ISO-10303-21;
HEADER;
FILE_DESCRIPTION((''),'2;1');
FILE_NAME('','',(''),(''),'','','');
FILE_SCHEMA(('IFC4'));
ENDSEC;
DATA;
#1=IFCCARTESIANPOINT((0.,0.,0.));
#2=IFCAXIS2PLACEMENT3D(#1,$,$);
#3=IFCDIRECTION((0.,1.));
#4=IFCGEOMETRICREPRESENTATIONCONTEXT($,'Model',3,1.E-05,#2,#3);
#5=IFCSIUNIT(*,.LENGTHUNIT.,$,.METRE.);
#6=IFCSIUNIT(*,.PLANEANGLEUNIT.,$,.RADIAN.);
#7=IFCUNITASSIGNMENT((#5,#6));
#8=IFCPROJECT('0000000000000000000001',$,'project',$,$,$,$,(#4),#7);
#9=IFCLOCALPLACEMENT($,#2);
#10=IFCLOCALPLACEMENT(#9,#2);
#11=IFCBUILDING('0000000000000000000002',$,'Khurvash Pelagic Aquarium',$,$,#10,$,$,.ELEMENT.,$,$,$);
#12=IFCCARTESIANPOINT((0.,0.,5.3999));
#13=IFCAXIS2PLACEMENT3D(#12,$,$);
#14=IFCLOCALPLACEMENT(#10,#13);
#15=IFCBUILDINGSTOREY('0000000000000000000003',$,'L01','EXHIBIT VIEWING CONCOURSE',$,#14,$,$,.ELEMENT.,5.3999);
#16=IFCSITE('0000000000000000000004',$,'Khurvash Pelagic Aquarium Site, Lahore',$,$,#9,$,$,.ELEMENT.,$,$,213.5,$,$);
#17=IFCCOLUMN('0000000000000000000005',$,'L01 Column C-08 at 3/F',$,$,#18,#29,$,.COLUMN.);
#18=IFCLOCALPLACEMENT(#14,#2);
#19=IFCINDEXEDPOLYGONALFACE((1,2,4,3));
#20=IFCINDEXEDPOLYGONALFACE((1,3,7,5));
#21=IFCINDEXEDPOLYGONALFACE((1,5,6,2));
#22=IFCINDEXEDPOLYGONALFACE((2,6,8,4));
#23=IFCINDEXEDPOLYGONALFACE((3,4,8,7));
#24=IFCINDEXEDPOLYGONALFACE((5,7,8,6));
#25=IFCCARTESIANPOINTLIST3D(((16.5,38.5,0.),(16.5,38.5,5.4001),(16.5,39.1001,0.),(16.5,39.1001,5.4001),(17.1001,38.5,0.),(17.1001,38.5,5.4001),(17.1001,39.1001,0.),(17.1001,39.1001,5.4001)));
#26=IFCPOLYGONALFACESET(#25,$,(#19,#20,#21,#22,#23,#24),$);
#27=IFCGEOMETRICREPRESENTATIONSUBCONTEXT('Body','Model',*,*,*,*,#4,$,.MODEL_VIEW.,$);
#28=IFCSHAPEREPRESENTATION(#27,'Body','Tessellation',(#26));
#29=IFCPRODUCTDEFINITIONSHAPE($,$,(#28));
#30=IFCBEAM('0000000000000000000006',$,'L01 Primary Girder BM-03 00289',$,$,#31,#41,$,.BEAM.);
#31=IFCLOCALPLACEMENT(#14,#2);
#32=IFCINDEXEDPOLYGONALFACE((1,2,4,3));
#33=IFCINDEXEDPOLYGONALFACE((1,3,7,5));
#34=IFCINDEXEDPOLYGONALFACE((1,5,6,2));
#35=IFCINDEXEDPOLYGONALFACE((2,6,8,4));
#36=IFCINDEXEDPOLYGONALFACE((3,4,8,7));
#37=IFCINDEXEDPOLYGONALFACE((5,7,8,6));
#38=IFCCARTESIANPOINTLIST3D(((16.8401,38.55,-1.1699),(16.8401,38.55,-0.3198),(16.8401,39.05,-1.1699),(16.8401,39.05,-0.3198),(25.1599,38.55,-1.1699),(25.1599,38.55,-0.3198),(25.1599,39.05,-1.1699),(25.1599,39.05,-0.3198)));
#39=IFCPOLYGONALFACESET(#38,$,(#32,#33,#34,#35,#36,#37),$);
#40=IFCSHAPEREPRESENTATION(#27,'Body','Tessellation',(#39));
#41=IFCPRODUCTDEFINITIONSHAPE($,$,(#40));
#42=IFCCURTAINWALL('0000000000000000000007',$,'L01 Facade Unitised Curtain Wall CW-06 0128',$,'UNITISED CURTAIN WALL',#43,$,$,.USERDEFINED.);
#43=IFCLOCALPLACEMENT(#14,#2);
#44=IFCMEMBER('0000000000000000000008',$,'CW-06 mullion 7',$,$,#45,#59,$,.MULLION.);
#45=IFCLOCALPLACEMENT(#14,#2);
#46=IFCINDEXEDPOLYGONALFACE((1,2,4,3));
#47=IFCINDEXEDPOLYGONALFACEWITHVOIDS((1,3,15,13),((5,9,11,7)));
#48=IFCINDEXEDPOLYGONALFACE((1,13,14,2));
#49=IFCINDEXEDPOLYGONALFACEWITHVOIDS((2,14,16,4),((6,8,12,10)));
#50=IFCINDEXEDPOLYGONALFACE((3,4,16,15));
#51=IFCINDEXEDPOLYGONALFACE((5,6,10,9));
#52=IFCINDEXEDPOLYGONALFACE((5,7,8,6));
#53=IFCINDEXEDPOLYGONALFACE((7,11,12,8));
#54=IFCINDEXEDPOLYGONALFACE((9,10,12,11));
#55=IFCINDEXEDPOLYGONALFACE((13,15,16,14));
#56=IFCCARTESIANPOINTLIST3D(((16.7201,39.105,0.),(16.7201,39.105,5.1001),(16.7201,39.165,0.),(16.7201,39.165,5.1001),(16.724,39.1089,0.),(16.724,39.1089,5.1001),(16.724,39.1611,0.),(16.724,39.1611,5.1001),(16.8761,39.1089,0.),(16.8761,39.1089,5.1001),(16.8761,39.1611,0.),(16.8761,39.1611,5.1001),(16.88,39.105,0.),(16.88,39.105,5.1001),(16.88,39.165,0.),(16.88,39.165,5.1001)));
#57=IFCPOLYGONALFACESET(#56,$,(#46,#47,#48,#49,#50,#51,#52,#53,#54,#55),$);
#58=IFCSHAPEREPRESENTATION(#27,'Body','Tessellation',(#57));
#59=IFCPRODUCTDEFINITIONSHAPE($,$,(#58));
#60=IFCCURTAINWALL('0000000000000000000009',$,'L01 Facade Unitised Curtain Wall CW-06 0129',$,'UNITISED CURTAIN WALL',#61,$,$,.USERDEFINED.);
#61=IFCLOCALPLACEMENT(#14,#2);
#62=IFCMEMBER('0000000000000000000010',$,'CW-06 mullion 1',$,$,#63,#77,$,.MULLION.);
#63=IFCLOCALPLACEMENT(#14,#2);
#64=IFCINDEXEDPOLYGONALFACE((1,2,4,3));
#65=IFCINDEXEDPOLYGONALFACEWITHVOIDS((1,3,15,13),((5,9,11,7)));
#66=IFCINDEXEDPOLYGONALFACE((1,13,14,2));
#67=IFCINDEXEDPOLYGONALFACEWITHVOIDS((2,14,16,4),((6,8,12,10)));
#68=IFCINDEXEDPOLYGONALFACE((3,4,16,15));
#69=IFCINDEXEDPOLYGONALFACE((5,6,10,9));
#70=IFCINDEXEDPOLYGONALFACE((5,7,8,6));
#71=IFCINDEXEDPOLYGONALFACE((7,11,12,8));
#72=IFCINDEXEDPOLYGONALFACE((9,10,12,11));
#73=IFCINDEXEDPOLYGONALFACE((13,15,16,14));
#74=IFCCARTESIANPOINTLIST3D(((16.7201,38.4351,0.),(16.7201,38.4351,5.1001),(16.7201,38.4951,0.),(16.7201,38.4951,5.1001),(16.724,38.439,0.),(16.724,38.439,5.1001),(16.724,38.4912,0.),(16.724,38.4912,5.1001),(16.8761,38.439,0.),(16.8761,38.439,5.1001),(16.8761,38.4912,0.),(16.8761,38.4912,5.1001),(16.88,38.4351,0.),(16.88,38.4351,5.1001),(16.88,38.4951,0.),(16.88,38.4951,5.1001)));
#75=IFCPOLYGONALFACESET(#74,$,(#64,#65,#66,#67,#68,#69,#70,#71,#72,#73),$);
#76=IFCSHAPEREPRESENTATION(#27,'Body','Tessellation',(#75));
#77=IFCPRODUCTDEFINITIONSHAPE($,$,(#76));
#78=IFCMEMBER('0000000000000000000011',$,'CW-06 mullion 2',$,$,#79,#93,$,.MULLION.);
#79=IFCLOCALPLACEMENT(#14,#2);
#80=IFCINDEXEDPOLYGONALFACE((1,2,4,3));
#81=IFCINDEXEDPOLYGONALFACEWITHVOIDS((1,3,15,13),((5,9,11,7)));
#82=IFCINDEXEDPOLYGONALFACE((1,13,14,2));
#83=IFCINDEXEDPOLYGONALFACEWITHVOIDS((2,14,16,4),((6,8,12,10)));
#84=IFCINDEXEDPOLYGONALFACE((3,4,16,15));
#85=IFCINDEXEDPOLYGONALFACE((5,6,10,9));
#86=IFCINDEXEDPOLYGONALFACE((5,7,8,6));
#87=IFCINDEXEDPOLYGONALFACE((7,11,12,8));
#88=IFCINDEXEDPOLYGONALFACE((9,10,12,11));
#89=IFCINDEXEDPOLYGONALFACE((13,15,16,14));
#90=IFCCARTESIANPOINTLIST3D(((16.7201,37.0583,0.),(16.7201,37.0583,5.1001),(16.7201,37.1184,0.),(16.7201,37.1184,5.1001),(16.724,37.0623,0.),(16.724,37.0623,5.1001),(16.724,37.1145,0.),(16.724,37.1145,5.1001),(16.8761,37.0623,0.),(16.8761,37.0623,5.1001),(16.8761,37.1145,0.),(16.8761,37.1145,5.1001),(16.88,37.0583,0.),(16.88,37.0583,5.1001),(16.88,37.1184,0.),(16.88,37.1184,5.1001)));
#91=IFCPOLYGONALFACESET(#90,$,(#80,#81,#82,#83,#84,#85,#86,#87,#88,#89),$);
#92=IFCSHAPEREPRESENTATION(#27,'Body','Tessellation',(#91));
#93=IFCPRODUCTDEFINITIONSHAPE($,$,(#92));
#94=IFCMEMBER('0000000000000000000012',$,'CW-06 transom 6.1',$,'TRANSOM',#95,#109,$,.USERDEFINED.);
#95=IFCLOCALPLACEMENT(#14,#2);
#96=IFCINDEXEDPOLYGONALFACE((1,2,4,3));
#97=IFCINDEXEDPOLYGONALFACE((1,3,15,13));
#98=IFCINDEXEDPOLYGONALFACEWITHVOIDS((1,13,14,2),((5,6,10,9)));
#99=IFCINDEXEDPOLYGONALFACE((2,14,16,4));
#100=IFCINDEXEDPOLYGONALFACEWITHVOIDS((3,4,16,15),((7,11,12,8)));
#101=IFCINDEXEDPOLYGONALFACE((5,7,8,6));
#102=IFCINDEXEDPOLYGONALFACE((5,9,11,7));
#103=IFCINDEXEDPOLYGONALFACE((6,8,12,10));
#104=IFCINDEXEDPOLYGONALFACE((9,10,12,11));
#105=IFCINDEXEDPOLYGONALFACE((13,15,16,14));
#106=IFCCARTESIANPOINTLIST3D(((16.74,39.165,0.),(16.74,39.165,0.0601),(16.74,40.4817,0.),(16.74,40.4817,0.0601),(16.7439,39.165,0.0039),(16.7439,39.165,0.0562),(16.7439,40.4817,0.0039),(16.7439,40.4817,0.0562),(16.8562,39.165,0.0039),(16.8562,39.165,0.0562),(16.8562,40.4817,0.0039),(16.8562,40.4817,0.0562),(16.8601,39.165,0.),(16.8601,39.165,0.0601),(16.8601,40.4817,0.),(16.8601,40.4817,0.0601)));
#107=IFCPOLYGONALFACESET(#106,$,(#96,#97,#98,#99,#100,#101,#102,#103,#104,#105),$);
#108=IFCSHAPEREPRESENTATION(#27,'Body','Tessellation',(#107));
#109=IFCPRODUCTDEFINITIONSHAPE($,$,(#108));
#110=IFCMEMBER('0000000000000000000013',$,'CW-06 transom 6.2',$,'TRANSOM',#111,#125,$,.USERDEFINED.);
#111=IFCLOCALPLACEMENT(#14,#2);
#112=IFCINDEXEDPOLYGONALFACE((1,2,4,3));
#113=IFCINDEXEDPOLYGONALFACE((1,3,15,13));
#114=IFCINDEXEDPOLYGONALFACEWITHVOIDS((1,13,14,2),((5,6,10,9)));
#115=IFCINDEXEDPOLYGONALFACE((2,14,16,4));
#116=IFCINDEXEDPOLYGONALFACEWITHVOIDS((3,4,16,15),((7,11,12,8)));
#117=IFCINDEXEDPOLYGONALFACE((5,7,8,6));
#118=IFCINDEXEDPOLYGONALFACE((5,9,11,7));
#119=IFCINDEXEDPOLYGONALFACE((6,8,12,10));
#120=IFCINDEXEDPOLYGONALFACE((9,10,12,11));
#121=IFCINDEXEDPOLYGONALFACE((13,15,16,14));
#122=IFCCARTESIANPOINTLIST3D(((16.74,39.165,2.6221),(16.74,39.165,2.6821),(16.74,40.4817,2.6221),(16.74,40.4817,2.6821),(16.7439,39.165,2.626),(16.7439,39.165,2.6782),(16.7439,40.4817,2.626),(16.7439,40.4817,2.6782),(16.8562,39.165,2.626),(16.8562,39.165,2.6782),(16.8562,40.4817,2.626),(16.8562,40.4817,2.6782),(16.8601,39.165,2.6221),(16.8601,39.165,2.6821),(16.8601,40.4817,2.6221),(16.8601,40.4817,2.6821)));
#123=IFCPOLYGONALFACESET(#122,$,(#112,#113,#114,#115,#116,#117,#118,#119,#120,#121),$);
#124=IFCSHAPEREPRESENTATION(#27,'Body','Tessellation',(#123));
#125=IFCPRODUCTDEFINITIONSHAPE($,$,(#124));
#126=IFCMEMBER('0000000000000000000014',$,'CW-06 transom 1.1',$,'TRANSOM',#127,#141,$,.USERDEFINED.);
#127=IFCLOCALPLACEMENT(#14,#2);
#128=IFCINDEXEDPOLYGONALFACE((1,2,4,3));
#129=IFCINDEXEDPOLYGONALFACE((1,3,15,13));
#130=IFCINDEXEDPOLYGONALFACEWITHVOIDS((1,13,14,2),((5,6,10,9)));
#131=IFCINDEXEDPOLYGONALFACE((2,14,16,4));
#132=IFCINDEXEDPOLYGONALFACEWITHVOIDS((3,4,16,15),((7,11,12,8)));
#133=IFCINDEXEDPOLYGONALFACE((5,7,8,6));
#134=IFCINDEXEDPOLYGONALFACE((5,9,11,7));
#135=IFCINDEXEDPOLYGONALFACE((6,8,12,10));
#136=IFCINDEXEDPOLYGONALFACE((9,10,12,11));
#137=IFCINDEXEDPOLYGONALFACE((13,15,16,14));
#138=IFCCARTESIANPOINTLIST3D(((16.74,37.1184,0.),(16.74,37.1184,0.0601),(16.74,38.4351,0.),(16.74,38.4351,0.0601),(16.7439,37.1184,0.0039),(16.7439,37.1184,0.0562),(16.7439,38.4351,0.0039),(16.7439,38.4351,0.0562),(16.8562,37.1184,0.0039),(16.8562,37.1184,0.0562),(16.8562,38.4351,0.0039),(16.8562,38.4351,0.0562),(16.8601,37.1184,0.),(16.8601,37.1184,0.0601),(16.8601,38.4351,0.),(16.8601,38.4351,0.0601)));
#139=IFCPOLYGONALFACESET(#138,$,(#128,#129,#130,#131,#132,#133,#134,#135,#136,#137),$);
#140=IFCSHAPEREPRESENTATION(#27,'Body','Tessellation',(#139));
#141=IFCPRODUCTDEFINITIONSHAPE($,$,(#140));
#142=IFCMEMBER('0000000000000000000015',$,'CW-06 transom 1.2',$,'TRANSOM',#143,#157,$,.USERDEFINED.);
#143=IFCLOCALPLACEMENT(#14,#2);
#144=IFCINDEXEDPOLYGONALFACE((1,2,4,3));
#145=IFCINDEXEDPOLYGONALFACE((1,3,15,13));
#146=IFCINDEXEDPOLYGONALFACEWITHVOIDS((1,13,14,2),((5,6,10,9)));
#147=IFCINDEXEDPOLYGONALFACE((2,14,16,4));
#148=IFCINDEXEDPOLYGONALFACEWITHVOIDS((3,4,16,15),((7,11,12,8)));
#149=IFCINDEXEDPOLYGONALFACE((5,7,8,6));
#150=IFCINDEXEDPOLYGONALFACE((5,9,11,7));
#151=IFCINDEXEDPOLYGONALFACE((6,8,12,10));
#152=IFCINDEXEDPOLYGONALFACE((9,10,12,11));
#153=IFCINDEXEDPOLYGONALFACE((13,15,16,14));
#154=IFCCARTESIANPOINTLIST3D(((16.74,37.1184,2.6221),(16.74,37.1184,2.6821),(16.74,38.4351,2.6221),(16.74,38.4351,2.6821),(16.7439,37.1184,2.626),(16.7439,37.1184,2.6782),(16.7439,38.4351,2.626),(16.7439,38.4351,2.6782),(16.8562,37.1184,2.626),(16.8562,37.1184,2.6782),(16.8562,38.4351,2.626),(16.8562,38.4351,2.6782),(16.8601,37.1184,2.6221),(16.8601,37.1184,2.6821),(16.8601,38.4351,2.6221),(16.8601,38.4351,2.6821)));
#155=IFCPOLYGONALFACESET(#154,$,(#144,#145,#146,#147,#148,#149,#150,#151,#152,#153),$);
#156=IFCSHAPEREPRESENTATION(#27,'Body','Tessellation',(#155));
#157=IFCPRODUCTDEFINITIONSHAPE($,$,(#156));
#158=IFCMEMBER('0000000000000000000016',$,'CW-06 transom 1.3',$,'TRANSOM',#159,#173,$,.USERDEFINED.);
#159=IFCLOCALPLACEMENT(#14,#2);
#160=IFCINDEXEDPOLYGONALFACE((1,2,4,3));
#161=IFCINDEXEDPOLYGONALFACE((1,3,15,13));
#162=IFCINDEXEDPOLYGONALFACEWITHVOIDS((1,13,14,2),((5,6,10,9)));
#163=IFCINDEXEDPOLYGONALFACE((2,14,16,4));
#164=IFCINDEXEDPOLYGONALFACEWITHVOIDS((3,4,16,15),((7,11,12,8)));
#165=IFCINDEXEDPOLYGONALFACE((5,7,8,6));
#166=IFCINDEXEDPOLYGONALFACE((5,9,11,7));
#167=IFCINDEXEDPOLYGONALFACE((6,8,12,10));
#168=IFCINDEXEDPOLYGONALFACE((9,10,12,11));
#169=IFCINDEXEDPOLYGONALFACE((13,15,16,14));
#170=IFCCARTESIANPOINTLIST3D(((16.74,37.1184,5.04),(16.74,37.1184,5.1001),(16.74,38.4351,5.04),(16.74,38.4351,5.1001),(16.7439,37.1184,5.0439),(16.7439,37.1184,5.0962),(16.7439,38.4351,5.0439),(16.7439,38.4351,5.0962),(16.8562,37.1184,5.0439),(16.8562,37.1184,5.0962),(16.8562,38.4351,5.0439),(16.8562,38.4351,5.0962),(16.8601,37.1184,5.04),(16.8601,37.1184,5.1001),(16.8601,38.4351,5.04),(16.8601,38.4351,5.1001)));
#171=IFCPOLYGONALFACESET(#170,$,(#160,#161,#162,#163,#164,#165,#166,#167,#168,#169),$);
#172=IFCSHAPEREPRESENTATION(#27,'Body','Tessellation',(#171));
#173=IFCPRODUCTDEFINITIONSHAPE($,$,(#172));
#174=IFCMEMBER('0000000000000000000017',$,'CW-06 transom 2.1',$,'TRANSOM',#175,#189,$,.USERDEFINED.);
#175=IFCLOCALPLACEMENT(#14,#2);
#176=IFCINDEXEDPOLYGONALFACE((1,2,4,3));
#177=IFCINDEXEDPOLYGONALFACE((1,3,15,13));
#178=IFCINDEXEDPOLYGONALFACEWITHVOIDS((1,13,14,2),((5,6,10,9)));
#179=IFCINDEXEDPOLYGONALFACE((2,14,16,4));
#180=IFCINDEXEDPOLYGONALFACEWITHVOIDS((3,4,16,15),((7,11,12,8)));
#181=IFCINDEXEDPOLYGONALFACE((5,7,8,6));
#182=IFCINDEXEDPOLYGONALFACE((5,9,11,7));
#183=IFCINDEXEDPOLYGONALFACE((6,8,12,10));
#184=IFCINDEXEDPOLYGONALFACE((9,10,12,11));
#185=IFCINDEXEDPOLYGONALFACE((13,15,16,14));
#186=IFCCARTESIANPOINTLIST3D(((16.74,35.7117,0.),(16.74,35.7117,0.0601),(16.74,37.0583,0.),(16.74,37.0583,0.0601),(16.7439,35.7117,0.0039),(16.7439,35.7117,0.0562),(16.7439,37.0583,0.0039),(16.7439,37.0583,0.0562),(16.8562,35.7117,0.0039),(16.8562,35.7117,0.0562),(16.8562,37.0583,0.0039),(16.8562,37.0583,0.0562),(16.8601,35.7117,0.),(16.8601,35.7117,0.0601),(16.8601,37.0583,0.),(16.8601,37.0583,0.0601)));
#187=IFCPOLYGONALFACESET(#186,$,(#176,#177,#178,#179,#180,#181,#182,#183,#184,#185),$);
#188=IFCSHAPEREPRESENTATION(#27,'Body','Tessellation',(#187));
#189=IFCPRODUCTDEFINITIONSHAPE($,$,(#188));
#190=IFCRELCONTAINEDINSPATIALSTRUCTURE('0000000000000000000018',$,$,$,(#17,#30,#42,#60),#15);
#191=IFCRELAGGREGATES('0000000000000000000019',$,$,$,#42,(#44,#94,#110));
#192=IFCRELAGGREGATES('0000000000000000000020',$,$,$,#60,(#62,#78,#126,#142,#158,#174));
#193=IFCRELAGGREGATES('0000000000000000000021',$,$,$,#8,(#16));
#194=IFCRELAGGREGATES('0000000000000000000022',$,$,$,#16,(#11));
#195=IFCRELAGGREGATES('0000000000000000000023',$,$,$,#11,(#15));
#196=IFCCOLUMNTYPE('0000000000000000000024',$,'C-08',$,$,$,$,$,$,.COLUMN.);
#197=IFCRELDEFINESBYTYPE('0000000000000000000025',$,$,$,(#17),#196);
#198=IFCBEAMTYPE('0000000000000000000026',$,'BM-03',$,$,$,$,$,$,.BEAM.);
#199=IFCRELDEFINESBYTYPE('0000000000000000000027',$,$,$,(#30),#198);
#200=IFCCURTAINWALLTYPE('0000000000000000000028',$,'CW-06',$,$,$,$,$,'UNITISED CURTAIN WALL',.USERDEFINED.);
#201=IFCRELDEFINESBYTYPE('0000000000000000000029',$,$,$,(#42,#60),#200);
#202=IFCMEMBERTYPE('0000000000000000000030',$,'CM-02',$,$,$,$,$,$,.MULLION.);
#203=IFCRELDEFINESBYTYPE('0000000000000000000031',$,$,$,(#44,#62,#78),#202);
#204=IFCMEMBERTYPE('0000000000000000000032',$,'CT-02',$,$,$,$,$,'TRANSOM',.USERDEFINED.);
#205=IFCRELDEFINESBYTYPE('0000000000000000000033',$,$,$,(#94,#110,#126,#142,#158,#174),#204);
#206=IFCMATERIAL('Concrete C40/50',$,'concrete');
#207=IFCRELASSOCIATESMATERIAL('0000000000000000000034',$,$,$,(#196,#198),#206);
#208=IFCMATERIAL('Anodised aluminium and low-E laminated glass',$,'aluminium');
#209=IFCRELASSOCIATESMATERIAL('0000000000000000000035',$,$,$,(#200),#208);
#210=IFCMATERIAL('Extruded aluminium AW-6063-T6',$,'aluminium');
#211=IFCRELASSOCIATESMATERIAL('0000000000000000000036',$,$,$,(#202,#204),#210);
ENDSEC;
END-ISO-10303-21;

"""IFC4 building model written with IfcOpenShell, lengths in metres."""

from ifc_helpers import new_model, si_unit, direction, frame, origin, origin_2d, place, context, subcontext, project, spatial, rectangle, hollow_rectangle, extrude, material, material_profile, profile_set, type_object, element, aggregate, save


model = new_model("IFC4")

# Units and contexts
model_context = context("Model", 3, precision=1e-05, world=origin(), true_north=direction((0.0, 1.0)))
body_context = subcontext(model_context, "Body", "Model", "MODEL_VIEW")
ifc_project = project(units=[si_unit("LENGTHUNIT", "METRE"), si_unit("PLANEANGLEUNIT", "RADIAN")], contexts=[model_context])

# Site, building, storey
site_placement = place(None, origin())
site = spatial("IfcSite", under=ifc_project, at=site_placement, Name="Khurvash Pelagic Aquarium Site, Lahore", CompositionType="ELEMENT", RefElevation=213.5)
building_placement = place(site_placement, origin())
building = spatial("IfcBuilding", under=site, at=building_placement, Name="Khurvash Pelagic Aquarium", CompositionType="ELEMENT")
storey_placement = place(building_placement, frame((0.0, 0.0, 5.3999)))
storey = spatial("IfcBuildingStorey", under=building, at=storey_placement, Name="L01", Description="EXHIBIT VIEWING CONCOURSE", CompositionType="ELEMENT", Elevation=5.3999)

# Column
ifc_material_1 = material(Name="Concrete C40/50", Category="concrete")
ifc_material_profile_1 = material_profile(ifc_material_1, rectangle(XDim=0.6001, YDim=0.6001, at=origin_2d()), Name="RC600X600")
ifc_profile_set_1 = profile_set([ifc_material_profile_1], Name="Concrete C40/50")
column_type = type_object("IfcColumnType", Name="C-08", PredefinedType="COLUMN", material=ifc_profile_set_1)
column_placement = place(storey_placement, frame((16.8, 38.8, 0.0), z_axis=(0.0, 0.0, 1.0), x_axis=(1.0, 0.0, 0.0)))
element("IfcColumn", 1, at=column_placement, inside=storey, type_object=column_type, Name="L01 Column C-08 at 3/F", PredefinedType="COLUMN", context=body_context, shape_type="SweptSolid", body=[
    extrude(rectangle(XDim=0.6001, YDim=0.6001, at=origin_2d()), origin(), (0.0, 0.0, 1.0), 5.4001),
])

# Beam
ifc_material_profile_2 = material_profile(ifc_material_1, rectangle(XDim=0.5, YDim=0.8501, at=origin_2d()), Name="RC500X850")
ifc_profile_set_2 = profile_set([ifc_material_profile_2], Name="Concrete C40/50")
beam_type_1 = type_object("IfcBeamType", Name="BM-03", PredefinedType="BEAM", material=ifc_profile_set_2)
beam_1_placement = place(storey_placement, frame((16.8401, 38.8, -0.7449), z_axis=(1.0, 0.0, 0.0), x_axis=(0.0, 1.0, 0.0)))
element("IfcBeam", 2, at=beam_1_placement, inside=storey, type_object=beam_type_1, Name="L01 Primary Girder BM-03 00289", PredefinedType="BEAM", context=body_context, shape_type="SweptSolid", body=[
    extrude(rectangle(XDim=0.5, YDim=0.8501, at=origin_2d()), origin(), (0.0, 0.0, 1.0), 8.3198),
])

# Curtain wall, member
ifc_material_2 = material(Name="Anodised aluminium and low-E laminated glass", Category="aluminium")
curtain_wall_type = type_object("IfcCurtainWallType", Name="CW-06", ElementType="UNITISED CURTAIN WALL", PredefinedType="USERDEFINED", material=ifc_material_2)
curtain_wall_1_placement = place(storey_placement, origin())
curtain_wall_1 = element("IfcCurtainWall", 3, at=curtain_wall_1_placement, inside=storey, type_object=curtain_wall_type, Name="L01 Facade Unitised Curtain Wall CW-06 0128", ObjectType="UNITISED CURTAIN WALL", PredefinedType="USERDEFINED")
ifc_material_3 = material(Name="Extruded aluminium AW-6063-T6", Category="aluminium")
ifc_material_profile_3 = material_profile(ifc_material_3, hollow_rectangle(XDim=0.0601, YDim=0.1599, WallThickness=0.0039, at=origin_2d()), Name="CWM60X160X4")
ifc_profile_set_3 = profile_set([ifc_material_profile_3], Name="Extruded aluminium AW-6063-T6")
member_type_1 = type_object("IfcMemberType", Name="CM-02", PredefinedType="MULLION", material=ifc_profile_set_3)
member_1_placement = place(storey_placement, frame((16.8, 39.135, 0.0), z_axis=(0.0, 0.0, 1.0), x_axis=(0.0, -1.0, 0.0)))
member_1 = element("IfcMember", 4, at=member_1_placement, type_object=member_type_1, Name="CW-06 mullion 7", PredefinedType="MULLION", context=body_context, shape_type="SweptSolid", body=[
    extrude(hollow_rectangle(XDim=0.0601, YDim=0.1599, WallThickness=0.0039, at=origin_2d()), origin(), (0.0, 0.0, 1.0), 5.1001),
])

# Curtain wall, members
curtain_wall_2_placement = place(storey_placement, origin())
curtain_wall_2 = element("IfcCurtainWall", 5, at=curtain_wall_2_placement, inside=storey, type_object=curtain_wall_type, Name="L01 Facade Unitised Curtain Wall CW-06 0129", ObjectType="UNITISED CURTAIN WALL", PredefinedType="USERDEFINED")
member_2_placement = place(storey_placement, frame((16.8, 38.4651, 0.0), z_axis=(0.0, 0.0, 1.0), x_axis=(0.0, -1.0, 0.0)))
member_2 = element("IfcMember", 6, at=member_2_placement, type_object=member_type_1, Name="CW-06 mullion 1", PredefinedType="MULLION", context=body_context, shape_type="SweptSolid", body=[
    extrude(hollow_rectangle(XDim=0.0601, YDim=0.1599, WallThickness=0.0039, at=origin_2d()), origin(), (0.0, 0.0, 1.0), 5.1001),
])
member_3_placement = place(storey_placement, frame((16.8, 37.0884, 0.0), z_axis=(0.0, 0.0, 1.0), x_axis=(0.0, -1.0, 0.0)))
member_3 = element("IfcMember", 7, at=member_3_placement, type_object=member_type_1, Name="CW-06 mullion 2", PredefinedType="MULLION", context=body_context, shape_type="SweptSolid", body=[
    extrude(hollow_rectangle(XDim=0.0601, YDim=0.1599, WallThickness=0.0039, at=origin_2d()), origin(), (0.0, 0.0, 1.0), 5.1001),
])

# Members
ifc_material_profile_4 = material_profile(ifc_material_3, hollow_rectangle(XDim=0.1201, YDim=0.0601, WallThickness=0.0039, at=origin_2d()), Name="CWT120X60X4")
ifc_profile_set_4 = profile_set([ifc_material_profile_4], Name="Extruded aluminium AW-6063-T6")
member_type_2 = type_object("IfcMemberType", Name="CT-02", ElementType="TRANSOM", PredefinedType="USERDEFINED", material=ifc_profile_set_4)
member_4_placement = place(storey_placement, frame((16.8, 40.4817, 0.03), z_axis=(0.0, -1.0, 0.0), x_axis=(1.0, 0.0, 0.0)))
member_4 = element("IfcMember", 8, at=member_4_placement, type_object=member_type_2, Name="CW-06 transom 6.1", ObjectType="TRANSOM", PredefinedType="USERDEFINED", context=body_context, shape_type="SweptSolid", body=[
    extrude(hollow_rectangle(XDim=0.1201, YDim=0.0601, WallThickness=0.0039, at=origin_2d()), origin(), (0.0, 0.0, 1.0), 1.3167),
])
member_5_placement = place(storey_placement, frame((16.8, 40.4817, 2.6521), z_axis=(0.0, -1.0, 0.0), x_axis=(1.0, 0.0, 0.0)))
member_5 = element("IfcMember", 9, at=member_5_placement, type_object=member_type_2, Name="CW-06 transom 6.2", ObjectType="TRANSOM", PredefinedType="USERDEFINED", context=body_context, shape_type="SweptSolid", body=[
    extrude(hollow_rectangle(XDim=0.1201, YDim=0.0601, WallThickness=0.0039, at=origin_2d()), origin(), (0.0, 0.0, 1.0), 1.3167),
])
member_6_placement = place(storey_placement, frame((16.8, 38.4351, 0.03), z_axis=(0.0, -1.0, 0.0), x_axis=(1.0, 0.0, 0.0)))
member_6 = element("IfcMember", 10, at=member_6_placement, type_object=member_type_2, Name="CW-06 transom 1.1", ObjectType="TRANSOM", PredefinedType="USERDEFINED", context=body_context, shape_type="SweptSolid", body=[
    extrude(hollow_rectangle(XDim=0.1201, YDim=0.0601, WallThickness=0.0039, at=origin_2d()), origin(), (0.0, 0.0, 1.0), 1.3167),
])
member_7_placement = place(storey_placement, frame((16.8, 38.4351, 2.6521), z_axis=(0.0, -1.0, 0.0), x_axis=(1.0, 0.0, 0.0)))
member_7 = element("IfcMember", 11, at=member_7_placement, type_object=member_type_2, Name="CW-06 transom 1.2", ObjectType="TRANSOM", PredefinedType="USERDEFINED", context=body_context, shape_type="SweptSolid", body=[
    extrude(hollow_rectangle(XDim=0.1201, YDim=0.0601, WallThickness=0.0039, at=origin_2d()), origin(), (0.0, 0.0, 1.0), 1.3167),
])
member_8_placement = place(storey_placement, frame((16.8, 38.4351, 5.0701), z_axis=(0.0, -1.0, 0.0), x_axis=(1.0, 0.0, 0.0)))
member_8 = element("IfcMember", 12, at=member_8_placement, type_object=member_type_2, Name="CW-06 transom 1.3", ObjectType="TRANSOM", PredefinedType="USERDEFINED", context=body_context, shape_type="SweptSolid", body=[
    extrude(hollow_rectangle(XDim=0.1201, YDim=0.0601, WallThickness=0.0039, at=origin_2d()), origin(), (0.0, 0.0, 1.0), 1.3167),
])
member_9_placement = place(storey_placement, frame((16.8, 37.0583, 0.03), z_axis=(0.0, -1.0, 0.0), x_axis=(1.0, 0.0, 0.0)))
member_9 = element("IfcMember", 13, at=member_9_placement, type_object=member_type_2, Name="CW-06 transom 2.1", ObjectType="TRANSOM", PredefinedType="USERDEFINED", context=body_context, shape_type="SweptSolid", body=[
    extrude(hollow_rectangle(XDim=0.1201, YDim=0.0601, WallThickness=0.0039, at=origin_2d()), origin(), (0.0, 0.0, 1.0), 1.3467),
])

aggregate(curtain_wall_1, [member_1, member_4, member_5])
aggregate(curtain_wall_2, [member_2, member_3, member_6, member_7, member_8, member_9])

save(model, "model.ifc")
